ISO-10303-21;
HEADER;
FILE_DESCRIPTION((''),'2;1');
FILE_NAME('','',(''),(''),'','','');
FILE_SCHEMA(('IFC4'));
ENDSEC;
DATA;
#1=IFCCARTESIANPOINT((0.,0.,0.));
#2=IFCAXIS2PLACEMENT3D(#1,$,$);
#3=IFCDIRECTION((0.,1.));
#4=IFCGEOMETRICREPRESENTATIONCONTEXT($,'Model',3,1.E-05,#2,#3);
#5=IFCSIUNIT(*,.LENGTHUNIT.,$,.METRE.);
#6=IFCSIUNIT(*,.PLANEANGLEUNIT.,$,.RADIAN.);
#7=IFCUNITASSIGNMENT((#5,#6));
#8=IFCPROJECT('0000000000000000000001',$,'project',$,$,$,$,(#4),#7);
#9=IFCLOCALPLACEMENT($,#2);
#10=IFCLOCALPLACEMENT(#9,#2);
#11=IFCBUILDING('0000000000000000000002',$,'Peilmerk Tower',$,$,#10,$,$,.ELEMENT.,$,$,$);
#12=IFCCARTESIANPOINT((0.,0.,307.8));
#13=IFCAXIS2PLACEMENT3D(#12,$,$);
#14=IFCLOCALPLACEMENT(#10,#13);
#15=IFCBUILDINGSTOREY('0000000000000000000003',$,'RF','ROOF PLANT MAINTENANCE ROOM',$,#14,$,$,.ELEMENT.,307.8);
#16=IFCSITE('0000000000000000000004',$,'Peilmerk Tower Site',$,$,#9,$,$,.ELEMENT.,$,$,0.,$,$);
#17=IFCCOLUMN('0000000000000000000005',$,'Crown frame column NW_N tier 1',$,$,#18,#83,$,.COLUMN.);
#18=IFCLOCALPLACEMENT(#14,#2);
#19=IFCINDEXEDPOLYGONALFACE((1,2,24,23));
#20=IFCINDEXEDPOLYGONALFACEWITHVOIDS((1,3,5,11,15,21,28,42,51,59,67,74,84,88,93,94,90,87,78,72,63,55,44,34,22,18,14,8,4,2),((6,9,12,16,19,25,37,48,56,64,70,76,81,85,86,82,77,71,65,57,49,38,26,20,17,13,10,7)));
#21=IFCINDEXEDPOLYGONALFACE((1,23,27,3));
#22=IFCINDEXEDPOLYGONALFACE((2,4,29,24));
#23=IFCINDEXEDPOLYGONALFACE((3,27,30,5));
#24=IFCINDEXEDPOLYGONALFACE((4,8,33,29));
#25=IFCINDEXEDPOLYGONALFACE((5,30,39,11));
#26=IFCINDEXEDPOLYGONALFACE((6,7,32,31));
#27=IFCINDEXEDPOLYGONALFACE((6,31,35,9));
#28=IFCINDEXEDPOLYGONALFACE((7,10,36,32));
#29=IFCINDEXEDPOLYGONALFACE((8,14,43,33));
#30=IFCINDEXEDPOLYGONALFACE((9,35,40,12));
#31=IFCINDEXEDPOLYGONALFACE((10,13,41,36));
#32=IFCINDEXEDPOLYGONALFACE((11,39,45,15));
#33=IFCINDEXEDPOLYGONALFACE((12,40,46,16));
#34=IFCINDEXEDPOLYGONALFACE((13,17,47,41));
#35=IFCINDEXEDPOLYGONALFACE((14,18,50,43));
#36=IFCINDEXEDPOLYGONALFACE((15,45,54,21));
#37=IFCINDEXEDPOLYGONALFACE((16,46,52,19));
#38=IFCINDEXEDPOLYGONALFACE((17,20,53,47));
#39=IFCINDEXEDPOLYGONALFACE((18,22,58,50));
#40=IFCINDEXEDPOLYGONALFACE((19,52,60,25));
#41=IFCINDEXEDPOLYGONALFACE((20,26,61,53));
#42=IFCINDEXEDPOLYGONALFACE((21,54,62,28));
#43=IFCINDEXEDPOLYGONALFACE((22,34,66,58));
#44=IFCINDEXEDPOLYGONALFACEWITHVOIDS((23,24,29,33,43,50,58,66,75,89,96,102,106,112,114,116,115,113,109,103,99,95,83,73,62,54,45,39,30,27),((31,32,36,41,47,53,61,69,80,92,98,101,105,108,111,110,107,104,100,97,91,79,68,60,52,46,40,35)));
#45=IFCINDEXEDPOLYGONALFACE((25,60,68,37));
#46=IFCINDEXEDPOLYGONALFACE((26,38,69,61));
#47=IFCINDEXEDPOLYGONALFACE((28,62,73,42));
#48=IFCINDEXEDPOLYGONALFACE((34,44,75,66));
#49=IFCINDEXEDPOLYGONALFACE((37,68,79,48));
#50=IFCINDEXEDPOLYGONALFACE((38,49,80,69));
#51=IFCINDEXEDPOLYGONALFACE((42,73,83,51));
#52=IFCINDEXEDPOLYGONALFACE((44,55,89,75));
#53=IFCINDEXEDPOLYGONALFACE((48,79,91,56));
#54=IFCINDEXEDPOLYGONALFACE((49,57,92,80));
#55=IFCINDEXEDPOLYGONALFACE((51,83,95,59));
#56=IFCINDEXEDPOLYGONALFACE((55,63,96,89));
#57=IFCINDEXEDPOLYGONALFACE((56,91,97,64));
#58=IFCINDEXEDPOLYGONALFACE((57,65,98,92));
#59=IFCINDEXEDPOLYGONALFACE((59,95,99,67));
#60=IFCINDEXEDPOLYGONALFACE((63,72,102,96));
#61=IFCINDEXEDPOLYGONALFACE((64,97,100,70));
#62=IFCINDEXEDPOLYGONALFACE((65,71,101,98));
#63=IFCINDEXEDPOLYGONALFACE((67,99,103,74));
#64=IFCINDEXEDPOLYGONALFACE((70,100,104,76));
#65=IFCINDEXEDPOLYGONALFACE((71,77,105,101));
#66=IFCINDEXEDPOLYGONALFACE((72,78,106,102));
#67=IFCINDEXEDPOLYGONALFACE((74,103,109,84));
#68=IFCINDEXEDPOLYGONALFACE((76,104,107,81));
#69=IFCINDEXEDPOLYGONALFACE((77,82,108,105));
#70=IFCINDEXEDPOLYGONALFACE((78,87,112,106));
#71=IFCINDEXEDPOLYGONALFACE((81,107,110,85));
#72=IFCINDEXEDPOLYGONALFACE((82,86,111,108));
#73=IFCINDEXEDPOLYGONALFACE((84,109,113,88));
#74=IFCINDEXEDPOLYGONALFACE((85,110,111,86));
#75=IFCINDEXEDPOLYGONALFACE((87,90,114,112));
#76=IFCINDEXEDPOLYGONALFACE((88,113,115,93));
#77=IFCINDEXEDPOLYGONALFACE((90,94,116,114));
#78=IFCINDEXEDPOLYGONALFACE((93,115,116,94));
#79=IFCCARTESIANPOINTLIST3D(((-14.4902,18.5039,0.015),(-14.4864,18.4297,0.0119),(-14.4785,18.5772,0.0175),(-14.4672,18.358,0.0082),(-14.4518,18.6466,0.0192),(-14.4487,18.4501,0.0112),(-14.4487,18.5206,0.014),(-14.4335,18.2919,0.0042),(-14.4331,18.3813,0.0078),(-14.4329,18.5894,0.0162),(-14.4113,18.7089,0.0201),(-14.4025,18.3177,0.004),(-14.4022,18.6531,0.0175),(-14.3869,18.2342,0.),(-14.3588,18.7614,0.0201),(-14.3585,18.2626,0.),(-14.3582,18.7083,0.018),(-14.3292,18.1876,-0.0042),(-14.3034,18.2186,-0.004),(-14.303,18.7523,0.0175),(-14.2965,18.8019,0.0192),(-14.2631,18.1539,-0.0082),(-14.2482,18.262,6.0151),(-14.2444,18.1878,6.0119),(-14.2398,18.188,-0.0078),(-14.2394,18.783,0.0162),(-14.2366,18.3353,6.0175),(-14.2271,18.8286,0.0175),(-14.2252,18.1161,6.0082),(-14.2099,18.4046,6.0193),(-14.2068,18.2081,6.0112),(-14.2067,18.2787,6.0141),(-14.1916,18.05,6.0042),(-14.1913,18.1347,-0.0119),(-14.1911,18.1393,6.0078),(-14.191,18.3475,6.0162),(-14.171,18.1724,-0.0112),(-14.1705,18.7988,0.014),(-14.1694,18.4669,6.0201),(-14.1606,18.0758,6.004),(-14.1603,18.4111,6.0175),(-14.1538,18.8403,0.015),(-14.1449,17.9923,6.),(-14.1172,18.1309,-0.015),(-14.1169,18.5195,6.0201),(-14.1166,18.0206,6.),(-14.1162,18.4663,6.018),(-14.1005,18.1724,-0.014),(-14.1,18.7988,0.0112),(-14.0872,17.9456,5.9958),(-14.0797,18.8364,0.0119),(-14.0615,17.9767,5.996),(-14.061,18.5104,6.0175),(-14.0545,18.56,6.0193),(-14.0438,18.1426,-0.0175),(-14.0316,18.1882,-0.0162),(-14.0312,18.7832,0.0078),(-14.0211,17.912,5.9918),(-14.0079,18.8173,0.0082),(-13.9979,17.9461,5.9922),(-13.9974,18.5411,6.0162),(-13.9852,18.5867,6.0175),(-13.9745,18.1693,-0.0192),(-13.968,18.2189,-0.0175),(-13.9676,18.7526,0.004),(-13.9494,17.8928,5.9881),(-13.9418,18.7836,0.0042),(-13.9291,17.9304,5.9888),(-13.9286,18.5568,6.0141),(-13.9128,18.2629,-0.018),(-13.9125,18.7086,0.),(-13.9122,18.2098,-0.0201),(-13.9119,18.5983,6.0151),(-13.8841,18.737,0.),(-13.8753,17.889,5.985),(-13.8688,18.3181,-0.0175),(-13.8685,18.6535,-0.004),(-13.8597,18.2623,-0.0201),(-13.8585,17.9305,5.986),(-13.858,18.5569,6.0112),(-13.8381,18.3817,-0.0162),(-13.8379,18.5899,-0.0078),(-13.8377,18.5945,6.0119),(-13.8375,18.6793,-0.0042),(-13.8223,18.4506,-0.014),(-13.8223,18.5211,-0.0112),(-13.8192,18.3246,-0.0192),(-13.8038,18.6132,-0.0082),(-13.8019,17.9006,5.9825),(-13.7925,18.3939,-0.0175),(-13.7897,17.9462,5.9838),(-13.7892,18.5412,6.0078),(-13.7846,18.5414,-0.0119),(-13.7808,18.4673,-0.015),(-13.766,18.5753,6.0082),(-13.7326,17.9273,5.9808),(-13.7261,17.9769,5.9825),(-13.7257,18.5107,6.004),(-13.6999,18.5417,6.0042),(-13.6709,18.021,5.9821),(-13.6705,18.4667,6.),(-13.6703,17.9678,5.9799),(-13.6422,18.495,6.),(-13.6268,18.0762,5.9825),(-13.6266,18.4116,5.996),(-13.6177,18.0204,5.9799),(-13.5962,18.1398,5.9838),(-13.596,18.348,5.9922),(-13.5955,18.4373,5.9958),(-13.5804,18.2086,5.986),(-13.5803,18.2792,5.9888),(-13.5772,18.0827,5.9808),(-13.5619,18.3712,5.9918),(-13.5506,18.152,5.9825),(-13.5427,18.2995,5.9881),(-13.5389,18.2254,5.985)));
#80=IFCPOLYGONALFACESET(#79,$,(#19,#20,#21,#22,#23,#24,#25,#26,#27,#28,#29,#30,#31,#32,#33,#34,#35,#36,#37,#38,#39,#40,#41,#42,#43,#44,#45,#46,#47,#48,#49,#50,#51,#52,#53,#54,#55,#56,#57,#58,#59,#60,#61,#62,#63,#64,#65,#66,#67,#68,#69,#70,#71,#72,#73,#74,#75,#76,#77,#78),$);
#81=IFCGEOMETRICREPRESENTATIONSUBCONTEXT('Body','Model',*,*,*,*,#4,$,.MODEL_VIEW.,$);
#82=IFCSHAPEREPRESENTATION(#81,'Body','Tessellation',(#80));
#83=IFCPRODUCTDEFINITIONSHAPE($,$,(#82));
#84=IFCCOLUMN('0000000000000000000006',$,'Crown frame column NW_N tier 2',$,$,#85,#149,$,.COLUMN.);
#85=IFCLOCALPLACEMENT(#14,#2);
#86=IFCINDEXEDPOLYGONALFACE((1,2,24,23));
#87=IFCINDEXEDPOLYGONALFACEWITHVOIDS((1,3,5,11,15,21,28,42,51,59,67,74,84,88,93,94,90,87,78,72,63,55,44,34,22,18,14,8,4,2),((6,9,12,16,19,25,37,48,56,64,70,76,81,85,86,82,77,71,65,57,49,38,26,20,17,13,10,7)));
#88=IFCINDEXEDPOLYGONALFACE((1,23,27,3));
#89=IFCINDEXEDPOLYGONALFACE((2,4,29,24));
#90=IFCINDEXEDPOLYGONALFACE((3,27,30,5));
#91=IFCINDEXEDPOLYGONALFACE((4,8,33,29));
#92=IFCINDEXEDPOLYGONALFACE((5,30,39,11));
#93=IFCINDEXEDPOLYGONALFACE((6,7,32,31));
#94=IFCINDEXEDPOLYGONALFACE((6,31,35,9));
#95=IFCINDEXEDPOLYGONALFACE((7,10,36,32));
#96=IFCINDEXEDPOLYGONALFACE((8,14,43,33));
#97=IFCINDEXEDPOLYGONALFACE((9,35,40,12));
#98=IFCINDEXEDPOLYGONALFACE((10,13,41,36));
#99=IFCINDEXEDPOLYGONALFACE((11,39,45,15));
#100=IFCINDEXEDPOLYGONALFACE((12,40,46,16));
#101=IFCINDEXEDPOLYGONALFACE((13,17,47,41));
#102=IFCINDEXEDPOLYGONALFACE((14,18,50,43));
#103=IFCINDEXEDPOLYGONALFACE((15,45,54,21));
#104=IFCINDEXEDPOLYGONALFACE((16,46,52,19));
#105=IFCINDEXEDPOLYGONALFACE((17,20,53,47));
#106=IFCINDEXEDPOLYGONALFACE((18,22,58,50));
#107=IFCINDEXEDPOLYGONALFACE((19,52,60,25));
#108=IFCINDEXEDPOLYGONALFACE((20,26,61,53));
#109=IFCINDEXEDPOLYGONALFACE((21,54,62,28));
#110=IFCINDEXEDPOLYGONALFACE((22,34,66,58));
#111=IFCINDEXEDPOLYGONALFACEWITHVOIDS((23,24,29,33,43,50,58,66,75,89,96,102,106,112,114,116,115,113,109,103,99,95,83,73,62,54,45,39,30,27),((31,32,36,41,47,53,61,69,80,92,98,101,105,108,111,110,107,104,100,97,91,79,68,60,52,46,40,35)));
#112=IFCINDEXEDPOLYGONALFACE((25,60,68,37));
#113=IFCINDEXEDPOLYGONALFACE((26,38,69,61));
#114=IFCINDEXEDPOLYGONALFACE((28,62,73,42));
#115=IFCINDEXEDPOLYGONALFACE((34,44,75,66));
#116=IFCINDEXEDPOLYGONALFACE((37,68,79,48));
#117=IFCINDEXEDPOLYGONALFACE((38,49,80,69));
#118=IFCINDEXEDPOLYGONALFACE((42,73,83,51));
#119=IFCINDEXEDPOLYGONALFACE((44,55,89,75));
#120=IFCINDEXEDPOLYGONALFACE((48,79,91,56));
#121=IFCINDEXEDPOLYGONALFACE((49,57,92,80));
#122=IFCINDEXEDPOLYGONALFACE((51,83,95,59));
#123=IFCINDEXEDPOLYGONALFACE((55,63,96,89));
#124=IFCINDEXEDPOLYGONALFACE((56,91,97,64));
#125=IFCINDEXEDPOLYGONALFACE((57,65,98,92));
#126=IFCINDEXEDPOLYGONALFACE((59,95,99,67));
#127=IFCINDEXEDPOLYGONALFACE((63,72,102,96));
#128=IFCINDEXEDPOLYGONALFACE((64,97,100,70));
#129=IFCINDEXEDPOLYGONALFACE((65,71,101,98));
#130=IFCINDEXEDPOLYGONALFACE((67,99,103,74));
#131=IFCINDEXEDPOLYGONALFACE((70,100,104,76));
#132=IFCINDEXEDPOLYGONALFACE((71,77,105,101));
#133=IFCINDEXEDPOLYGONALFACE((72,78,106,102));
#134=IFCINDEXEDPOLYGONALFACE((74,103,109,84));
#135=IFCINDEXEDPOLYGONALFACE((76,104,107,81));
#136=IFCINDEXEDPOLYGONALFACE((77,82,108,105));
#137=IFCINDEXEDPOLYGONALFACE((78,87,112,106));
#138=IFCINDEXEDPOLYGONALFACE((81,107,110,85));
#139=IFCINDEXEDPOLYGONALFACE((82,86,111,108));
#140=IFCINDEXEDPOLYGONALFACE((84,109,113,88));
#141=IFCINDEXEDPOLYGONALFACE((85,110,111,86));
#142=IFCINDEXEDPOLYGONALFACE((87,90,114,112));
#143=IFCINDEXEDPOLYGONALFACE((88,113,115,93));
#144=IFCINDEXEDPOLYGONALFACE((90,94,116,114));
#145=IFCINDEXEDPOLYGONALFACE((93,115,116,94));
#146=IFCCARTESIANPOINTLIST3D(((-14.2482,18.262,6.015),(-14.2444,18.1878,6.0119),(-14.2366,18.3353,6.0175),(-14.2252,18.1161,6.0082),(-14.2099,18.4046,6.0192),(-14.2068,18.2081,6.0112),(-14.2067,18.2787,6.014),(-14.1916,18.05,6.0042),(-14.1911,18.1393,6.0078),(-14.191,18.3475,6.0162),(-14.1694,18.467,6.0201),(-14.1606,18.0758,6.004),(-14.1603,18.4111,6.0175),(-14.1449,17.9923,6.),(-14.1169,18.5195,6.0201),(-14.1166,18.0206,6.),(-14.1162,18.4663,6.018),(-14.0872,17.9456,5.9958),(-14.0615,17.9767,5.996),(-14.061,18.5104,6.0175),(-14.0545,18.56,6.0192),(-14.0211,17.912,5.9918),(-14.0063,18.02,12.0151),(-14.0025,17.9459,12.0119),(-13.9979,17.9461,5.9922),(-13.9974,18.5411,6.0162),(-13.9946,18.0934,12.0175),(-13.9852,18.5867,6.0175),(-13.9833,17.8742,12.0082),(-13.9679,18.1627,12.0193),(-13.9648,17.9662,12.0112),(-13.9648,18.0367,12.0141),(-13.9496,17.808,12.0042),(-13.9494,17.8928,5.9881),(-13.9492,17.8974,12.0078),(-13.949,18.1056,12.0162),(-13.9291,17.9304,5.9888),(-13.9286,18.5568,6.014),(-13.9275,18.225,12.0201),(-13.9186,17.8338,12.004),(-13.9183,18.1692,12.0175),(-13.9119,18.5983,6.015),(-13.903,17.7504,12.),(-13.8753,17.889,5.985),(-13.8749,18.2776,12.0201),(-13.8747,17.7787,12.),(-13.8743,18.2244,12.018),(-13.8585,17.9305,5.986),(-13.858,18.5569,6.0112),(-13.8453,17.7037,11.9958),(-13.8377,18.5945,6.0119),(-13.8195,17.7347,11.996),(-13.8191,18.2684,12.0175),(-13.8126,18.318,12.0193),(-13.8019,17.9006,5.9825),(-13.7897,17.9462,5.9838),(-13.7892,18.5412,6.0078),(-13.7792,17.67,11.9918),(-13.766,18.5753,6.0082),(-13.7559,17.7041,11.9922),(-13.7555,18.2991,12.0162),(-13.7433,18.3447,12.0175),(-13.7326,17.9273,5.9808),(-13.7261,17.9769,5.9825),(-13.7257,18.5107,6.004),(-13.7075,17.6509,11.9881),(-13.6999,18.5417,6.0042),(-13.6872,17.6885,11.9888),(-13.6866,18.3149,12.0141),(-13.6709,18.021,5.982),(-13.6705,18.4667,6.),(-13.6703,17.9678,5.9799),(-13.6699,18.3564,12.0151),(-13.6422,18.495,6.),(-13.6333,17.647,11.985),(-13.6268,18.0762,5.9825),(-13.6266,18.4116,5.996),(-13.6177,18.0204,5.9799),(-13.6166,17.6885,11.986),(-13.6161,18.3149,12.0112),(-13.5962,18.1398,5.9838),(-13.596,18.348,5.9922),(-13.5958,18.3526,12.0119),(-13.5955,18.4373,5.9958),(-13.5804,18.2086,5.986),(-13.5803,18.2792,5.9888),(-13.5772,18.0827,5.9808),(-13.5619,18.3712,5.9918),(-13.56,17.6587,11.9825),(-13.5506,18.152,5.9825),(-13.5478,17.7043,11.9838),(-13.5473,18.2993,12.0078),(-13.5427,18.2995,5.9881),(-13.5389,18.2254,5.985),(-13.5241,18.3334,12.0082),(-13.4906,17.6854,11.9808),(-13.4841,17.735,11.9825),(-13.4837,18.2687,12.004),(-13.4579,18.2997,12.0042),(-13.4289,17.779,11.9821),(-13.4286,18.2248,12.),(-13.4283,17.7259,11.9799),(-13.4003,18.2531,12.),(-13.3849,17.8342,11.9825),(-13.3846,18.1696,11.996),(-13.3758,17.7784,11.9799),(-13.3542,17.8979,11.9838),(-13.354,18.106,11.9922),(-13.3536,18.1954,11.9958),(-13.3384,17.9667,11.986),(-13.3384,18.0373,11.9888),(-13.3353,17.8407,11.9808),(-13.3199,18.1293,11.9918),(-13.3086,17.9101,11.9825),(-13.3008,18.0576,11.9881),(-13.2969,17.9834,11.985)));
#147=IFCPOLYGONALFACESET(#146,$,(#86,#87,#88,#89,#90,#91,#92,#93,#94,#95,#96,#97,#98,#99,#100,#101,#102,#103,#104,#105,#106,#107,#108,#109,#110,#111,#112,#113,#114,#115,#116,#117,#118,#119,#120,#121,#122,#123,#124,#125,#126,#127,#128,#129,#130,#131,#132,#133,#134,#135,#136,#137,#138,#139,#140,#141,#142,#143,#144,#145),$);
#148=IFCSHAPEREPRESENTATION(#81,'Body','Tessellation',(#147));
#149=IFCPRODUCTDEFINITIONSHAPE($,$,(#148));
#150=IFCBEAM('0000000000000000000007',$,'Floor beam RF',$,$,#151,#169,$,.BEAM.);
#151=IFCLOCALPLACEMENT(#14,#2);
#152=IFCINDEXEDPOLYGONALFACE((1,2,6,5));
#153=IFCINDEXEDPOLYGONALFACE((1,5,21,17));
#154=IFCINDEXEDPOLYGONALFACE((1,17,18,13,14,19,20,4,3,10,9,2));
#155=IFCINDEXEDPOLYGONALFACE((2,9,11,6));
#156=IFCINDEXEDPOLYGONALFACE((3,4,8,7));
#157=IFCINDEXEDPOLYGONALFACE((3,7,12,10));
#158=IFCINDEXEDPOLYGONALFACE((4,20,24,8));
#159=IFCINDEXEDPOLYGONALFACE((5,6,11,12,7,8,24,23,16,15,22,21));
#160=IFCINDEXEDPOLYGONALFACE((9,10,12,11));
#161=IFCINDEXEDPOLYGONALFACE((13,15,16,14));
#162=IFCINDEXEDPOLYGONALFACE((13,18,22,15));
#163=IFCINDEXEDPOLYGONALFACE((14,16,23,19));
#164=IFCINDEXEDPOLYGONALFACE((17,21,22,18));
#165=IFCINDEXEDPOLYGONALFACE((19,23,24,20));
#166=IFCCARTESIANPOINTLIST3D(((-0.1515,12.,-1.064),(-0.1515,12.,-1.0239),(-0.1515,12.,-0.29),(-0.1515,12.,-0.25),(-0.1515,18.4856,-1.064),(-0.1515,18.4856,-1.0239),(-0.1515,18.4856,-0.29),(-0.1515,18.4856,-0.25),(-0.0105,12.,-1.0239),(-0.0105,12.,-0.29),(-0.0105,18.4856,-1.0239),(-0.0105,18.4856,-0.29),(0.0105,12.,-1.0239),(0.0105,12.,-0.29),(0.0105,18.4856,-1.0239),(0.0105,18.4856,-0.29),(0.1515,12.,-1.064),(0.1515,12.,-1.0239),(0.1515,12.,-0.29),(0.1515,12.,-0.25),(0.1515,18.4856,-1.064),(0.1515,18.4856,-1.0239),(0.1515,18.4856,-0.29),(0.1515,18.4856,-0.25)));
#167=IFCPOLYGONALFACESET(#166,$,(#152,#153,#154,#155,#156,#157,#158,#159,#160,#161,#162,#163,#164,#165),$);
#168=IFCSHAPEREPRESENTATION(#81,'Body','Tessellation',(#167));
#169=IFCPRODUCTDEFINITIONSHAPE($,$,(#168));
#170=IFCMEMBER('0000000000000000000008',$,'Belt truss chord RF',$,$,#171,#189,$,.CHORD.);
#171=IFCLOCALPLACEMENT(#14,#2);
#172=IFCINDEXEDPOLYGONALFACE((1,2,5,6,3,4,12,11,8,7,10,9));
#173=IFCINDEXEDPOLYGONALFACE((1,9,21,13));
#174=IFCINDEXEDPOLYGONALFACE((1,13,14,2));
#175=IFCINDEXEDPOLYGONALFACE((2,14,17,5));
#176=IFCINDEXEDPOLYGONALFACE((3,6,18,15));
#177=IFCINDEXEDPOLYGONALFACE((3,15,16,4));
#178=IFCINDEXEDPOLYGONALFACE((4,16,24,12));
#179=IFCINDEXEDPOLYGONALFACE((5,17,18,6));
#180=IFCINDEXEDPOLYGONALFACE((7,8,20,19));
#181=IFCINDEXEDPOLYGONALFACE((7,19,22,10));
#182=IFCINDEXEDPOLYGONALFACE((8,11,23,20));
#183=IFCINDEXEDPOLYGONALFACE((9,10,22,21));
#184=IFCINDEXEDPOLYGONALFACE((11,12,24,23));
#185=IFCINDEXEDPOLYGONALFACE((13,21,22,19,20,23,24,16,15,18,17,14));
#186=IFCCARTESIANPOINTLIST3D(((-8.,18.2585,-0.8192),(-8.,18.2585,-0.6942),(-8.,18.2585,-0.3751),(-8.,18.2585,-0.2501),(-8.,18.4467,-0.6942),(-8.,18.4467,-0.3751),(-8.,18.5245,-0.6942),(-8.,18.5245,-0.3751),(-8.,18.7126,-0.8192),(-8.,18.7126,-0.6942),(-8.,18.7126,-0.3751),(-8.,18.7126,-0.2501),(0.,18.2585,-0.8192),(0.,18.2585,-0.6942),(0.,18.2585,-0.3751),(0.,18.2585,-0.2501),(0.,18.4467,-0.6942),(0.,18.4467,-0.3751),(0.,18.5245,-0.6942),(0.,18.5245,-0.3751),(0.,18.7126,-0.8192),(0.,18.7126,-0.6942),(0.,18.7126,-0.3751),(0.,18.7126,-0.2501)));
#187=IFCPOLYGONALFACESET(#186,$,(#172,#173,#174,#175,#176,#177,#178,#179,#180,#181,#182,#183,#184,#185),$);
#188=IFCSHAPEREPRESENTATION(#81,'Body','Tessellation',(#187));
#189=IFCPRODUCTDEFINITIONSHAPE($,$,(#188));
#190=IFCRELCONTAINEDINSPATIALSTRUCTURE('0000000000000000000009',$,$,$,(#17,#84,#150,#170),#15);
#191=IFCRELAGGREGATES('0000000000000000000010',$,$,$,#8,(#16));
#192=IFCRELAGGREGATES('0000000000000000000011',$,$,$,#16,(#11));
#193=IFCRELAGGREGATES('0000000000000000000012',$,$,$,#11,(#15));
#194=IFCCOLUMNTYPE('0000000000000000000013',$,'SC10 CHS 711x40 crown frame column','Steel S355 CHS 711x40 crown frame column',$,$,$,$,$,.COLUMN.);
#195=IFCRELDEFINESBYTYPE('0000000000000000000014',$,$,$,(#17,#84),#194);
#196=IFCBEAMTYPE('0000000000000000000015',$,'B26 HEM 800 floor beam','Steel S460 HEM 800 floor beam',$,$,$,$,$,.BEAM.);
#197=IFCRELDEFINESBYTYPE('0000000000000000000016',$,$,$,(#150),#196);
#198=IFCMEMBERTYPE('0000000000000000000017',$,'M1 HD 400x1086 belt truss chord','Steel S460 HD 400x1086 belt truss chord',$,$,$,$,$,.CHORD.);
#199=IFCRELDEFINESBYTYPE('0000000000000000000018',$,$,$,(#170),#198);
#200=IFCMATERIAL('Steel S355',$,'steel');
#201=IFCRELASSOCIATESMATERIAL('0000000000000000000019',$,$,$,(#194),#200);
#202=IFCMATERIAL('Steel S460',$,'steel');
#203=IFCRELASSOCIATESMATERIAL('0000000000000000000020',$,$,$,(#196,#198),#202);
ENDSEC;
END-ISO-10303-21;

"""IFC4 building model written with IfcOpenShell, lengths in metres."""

from ifc_helpers import new_model, si_unit, direction, frame, origin, origin_2d, place, context, subcontext, project, spatial, hollow_circle, i_section, extrude, material, material_profile, profile_set, type_object, element, save


model = new_model("IFC4")

# Units and contexts
model_context = context("Model", 3, precision=1e-05, world=origin(), true_north=direction((0.0, 1.0)))
body_context = subcontext(model_context, "Body", "Model", "MODEL_VIEW")
ifc_project = project(units=[si_unit("LENGTHUNIT", "METRE"), si_unit("PLANEANGLEUNIT", "RADIAN")], contexts=[model_context])

# Site, building, storey
site_placement = place(None, origin())
site = spatial("IfcSite", under=ifc_project, at=site_placement, Name="Peilmerk Tower Site", CompositionType="ELEMENT", RefElevation=0.0)
building_placement = place(site_placement, origin())
building = spatial("IfcBuilding", under=site, at=building_placement, Name="Peilmerk Tower", CompositionType="ELEMENT")
storey_placement = place(building_placement, frame((0.0, 0.0, 307.8)))
storey = spatial("IfcBuildingStorey", under=building, at=storey_placement, Name="RF", Description="ROOF PLANT MAINTENANCE ROOM", CompositionType="ELEMENT", Elevation=307.8)

# Columns
ifc_material_1 = material(Name="Steel S355", Category="steel")
ifc_material_profile_1 = material_profile(ifc_material_1, hollow_circle(Radius=0.3555, WallThickness=0.04, at=origin_2d()), Name="CHS 711x40")
ifc_profile_set_1 = profile_set([ifc_material_profile_1], Name="Steel S355")
column_type = type_object("IfcColumnType", Name="SC10 CHS 711x40 crown frame column", Description="Steel S355 CHS 711x40 crown frame column", PredefinedType="COLUMN", material=ifc_profile_set_1)
for number, where, z_axis, x_axis, name in (
    (1, (-14.1355, 18.4856, 0.0), (0.040258, -0.040258, 0.998378), (0.707107, 0.707107, 0.0), "Crown frame column NW_N tier 1"),
    (2, (-13.8936, 18.2437, 6.0), (0.040258, -0.040258, 0.998378), (0.707107, 0.707107, 0.0), "Crown frame column NW_N tier 2"),
):
    element("IfcColumn", number, at=place(storey_placement, frame(where, z_axis=z_axis, x_axis=x_axis)), inside=storey, type_object=column_type, Name=name, PredefinedType="COLUMN", context=body_context, shape_type="SweptSolid", body=[
        extrude(hollow_circle(Radius=0.3555, WallThickness=0.04, at=origin_2d()), origin(), (0.0, 0.0, 1.0), 6.0098),
    ])

# Beam
ifc_material_2 = material(Name="Steel S460", Category="steel")
ifc_material_profile_2 = material_profile(ifc_material_2, i_section(OverallWidth=0.303, OverallDepth=0.814, WebThickness=0.021, FlangeThickness=0.04, at=origin_2d()), Name="HEM 800")
ifc_profile_set_2 = profile_set([ifc_material_profile_2], Name="Steel S460")
beam_type = type_object("IfcBeamType", Name="B26 HEM 800 floor beam", Description="Steel S460 HEM 800 floor beam", PredefinedType="BEAM", material=ifc_profile_set_2)
beam_placement = place(storey_placement, frame((0.0, 12.0, -0.657), z_axis=(0.0, 1.0, 0.0), x_axis=(-1.0, 0.0, 0.0)))
element("IfcBeam", 3, at=beam_placement, inside=storey, type_object=beam_type, Name="Floor beam RF", PredefinedType="BEAM", context=body_context, shape_type="SweptSolid", body=[
    extrude(i_section(OverallWidth=0.303, OverallDepth=0.814, WebThickness=0.021, FlangeThickness=0.04, at=origin_2d()), origin(), (0.0, 0.0, 1.0), 6.4856),
])

# Member
ifc_material_profile_3 = material_profile(ifc_material_2, i_section(OverallWidth=0.4541, OverallDepth=0.5691, WebThickness=0.0779, FlangeThickness=0.125, at=origin_2d()), Name="HD 400x1086")
ifc_profile_set_3 = profile_set([ifc_material_profile_3], Name="Steel S460")
member_type_1 = type_object("IfcMemberType", Name="M1 HD 400x1086 belt truss chord", Description="Steel S460 HD 400x1086 belt truss chord", PredefinedType="CHORD", material=ifc_profile_set_3)
member_1_placement = place(storey_placement, frame((0.0, 18.4856, -0.5347), z_axis=(-1.0, 0.0, 0.0), x_axis=(0.0, -1.0, 0.0)))
element("IfcMember", 4, at=member_1_placement, inside=storey, type_object=member_type_1, Name="Belt truss chord RF", PredefinedType="CHORD", context=body_context, shape_type="SweptSolid", body=[
    extrude(i_section(OverallWidth=0.4541, OverallDepth=0.5691, WebThickness=0.0779, FlangeThickness=0.125, at=origin_2d()), origin(), (0.0, 0.0, 1.0), 8.0),
])

save(model, "model.ifc")
